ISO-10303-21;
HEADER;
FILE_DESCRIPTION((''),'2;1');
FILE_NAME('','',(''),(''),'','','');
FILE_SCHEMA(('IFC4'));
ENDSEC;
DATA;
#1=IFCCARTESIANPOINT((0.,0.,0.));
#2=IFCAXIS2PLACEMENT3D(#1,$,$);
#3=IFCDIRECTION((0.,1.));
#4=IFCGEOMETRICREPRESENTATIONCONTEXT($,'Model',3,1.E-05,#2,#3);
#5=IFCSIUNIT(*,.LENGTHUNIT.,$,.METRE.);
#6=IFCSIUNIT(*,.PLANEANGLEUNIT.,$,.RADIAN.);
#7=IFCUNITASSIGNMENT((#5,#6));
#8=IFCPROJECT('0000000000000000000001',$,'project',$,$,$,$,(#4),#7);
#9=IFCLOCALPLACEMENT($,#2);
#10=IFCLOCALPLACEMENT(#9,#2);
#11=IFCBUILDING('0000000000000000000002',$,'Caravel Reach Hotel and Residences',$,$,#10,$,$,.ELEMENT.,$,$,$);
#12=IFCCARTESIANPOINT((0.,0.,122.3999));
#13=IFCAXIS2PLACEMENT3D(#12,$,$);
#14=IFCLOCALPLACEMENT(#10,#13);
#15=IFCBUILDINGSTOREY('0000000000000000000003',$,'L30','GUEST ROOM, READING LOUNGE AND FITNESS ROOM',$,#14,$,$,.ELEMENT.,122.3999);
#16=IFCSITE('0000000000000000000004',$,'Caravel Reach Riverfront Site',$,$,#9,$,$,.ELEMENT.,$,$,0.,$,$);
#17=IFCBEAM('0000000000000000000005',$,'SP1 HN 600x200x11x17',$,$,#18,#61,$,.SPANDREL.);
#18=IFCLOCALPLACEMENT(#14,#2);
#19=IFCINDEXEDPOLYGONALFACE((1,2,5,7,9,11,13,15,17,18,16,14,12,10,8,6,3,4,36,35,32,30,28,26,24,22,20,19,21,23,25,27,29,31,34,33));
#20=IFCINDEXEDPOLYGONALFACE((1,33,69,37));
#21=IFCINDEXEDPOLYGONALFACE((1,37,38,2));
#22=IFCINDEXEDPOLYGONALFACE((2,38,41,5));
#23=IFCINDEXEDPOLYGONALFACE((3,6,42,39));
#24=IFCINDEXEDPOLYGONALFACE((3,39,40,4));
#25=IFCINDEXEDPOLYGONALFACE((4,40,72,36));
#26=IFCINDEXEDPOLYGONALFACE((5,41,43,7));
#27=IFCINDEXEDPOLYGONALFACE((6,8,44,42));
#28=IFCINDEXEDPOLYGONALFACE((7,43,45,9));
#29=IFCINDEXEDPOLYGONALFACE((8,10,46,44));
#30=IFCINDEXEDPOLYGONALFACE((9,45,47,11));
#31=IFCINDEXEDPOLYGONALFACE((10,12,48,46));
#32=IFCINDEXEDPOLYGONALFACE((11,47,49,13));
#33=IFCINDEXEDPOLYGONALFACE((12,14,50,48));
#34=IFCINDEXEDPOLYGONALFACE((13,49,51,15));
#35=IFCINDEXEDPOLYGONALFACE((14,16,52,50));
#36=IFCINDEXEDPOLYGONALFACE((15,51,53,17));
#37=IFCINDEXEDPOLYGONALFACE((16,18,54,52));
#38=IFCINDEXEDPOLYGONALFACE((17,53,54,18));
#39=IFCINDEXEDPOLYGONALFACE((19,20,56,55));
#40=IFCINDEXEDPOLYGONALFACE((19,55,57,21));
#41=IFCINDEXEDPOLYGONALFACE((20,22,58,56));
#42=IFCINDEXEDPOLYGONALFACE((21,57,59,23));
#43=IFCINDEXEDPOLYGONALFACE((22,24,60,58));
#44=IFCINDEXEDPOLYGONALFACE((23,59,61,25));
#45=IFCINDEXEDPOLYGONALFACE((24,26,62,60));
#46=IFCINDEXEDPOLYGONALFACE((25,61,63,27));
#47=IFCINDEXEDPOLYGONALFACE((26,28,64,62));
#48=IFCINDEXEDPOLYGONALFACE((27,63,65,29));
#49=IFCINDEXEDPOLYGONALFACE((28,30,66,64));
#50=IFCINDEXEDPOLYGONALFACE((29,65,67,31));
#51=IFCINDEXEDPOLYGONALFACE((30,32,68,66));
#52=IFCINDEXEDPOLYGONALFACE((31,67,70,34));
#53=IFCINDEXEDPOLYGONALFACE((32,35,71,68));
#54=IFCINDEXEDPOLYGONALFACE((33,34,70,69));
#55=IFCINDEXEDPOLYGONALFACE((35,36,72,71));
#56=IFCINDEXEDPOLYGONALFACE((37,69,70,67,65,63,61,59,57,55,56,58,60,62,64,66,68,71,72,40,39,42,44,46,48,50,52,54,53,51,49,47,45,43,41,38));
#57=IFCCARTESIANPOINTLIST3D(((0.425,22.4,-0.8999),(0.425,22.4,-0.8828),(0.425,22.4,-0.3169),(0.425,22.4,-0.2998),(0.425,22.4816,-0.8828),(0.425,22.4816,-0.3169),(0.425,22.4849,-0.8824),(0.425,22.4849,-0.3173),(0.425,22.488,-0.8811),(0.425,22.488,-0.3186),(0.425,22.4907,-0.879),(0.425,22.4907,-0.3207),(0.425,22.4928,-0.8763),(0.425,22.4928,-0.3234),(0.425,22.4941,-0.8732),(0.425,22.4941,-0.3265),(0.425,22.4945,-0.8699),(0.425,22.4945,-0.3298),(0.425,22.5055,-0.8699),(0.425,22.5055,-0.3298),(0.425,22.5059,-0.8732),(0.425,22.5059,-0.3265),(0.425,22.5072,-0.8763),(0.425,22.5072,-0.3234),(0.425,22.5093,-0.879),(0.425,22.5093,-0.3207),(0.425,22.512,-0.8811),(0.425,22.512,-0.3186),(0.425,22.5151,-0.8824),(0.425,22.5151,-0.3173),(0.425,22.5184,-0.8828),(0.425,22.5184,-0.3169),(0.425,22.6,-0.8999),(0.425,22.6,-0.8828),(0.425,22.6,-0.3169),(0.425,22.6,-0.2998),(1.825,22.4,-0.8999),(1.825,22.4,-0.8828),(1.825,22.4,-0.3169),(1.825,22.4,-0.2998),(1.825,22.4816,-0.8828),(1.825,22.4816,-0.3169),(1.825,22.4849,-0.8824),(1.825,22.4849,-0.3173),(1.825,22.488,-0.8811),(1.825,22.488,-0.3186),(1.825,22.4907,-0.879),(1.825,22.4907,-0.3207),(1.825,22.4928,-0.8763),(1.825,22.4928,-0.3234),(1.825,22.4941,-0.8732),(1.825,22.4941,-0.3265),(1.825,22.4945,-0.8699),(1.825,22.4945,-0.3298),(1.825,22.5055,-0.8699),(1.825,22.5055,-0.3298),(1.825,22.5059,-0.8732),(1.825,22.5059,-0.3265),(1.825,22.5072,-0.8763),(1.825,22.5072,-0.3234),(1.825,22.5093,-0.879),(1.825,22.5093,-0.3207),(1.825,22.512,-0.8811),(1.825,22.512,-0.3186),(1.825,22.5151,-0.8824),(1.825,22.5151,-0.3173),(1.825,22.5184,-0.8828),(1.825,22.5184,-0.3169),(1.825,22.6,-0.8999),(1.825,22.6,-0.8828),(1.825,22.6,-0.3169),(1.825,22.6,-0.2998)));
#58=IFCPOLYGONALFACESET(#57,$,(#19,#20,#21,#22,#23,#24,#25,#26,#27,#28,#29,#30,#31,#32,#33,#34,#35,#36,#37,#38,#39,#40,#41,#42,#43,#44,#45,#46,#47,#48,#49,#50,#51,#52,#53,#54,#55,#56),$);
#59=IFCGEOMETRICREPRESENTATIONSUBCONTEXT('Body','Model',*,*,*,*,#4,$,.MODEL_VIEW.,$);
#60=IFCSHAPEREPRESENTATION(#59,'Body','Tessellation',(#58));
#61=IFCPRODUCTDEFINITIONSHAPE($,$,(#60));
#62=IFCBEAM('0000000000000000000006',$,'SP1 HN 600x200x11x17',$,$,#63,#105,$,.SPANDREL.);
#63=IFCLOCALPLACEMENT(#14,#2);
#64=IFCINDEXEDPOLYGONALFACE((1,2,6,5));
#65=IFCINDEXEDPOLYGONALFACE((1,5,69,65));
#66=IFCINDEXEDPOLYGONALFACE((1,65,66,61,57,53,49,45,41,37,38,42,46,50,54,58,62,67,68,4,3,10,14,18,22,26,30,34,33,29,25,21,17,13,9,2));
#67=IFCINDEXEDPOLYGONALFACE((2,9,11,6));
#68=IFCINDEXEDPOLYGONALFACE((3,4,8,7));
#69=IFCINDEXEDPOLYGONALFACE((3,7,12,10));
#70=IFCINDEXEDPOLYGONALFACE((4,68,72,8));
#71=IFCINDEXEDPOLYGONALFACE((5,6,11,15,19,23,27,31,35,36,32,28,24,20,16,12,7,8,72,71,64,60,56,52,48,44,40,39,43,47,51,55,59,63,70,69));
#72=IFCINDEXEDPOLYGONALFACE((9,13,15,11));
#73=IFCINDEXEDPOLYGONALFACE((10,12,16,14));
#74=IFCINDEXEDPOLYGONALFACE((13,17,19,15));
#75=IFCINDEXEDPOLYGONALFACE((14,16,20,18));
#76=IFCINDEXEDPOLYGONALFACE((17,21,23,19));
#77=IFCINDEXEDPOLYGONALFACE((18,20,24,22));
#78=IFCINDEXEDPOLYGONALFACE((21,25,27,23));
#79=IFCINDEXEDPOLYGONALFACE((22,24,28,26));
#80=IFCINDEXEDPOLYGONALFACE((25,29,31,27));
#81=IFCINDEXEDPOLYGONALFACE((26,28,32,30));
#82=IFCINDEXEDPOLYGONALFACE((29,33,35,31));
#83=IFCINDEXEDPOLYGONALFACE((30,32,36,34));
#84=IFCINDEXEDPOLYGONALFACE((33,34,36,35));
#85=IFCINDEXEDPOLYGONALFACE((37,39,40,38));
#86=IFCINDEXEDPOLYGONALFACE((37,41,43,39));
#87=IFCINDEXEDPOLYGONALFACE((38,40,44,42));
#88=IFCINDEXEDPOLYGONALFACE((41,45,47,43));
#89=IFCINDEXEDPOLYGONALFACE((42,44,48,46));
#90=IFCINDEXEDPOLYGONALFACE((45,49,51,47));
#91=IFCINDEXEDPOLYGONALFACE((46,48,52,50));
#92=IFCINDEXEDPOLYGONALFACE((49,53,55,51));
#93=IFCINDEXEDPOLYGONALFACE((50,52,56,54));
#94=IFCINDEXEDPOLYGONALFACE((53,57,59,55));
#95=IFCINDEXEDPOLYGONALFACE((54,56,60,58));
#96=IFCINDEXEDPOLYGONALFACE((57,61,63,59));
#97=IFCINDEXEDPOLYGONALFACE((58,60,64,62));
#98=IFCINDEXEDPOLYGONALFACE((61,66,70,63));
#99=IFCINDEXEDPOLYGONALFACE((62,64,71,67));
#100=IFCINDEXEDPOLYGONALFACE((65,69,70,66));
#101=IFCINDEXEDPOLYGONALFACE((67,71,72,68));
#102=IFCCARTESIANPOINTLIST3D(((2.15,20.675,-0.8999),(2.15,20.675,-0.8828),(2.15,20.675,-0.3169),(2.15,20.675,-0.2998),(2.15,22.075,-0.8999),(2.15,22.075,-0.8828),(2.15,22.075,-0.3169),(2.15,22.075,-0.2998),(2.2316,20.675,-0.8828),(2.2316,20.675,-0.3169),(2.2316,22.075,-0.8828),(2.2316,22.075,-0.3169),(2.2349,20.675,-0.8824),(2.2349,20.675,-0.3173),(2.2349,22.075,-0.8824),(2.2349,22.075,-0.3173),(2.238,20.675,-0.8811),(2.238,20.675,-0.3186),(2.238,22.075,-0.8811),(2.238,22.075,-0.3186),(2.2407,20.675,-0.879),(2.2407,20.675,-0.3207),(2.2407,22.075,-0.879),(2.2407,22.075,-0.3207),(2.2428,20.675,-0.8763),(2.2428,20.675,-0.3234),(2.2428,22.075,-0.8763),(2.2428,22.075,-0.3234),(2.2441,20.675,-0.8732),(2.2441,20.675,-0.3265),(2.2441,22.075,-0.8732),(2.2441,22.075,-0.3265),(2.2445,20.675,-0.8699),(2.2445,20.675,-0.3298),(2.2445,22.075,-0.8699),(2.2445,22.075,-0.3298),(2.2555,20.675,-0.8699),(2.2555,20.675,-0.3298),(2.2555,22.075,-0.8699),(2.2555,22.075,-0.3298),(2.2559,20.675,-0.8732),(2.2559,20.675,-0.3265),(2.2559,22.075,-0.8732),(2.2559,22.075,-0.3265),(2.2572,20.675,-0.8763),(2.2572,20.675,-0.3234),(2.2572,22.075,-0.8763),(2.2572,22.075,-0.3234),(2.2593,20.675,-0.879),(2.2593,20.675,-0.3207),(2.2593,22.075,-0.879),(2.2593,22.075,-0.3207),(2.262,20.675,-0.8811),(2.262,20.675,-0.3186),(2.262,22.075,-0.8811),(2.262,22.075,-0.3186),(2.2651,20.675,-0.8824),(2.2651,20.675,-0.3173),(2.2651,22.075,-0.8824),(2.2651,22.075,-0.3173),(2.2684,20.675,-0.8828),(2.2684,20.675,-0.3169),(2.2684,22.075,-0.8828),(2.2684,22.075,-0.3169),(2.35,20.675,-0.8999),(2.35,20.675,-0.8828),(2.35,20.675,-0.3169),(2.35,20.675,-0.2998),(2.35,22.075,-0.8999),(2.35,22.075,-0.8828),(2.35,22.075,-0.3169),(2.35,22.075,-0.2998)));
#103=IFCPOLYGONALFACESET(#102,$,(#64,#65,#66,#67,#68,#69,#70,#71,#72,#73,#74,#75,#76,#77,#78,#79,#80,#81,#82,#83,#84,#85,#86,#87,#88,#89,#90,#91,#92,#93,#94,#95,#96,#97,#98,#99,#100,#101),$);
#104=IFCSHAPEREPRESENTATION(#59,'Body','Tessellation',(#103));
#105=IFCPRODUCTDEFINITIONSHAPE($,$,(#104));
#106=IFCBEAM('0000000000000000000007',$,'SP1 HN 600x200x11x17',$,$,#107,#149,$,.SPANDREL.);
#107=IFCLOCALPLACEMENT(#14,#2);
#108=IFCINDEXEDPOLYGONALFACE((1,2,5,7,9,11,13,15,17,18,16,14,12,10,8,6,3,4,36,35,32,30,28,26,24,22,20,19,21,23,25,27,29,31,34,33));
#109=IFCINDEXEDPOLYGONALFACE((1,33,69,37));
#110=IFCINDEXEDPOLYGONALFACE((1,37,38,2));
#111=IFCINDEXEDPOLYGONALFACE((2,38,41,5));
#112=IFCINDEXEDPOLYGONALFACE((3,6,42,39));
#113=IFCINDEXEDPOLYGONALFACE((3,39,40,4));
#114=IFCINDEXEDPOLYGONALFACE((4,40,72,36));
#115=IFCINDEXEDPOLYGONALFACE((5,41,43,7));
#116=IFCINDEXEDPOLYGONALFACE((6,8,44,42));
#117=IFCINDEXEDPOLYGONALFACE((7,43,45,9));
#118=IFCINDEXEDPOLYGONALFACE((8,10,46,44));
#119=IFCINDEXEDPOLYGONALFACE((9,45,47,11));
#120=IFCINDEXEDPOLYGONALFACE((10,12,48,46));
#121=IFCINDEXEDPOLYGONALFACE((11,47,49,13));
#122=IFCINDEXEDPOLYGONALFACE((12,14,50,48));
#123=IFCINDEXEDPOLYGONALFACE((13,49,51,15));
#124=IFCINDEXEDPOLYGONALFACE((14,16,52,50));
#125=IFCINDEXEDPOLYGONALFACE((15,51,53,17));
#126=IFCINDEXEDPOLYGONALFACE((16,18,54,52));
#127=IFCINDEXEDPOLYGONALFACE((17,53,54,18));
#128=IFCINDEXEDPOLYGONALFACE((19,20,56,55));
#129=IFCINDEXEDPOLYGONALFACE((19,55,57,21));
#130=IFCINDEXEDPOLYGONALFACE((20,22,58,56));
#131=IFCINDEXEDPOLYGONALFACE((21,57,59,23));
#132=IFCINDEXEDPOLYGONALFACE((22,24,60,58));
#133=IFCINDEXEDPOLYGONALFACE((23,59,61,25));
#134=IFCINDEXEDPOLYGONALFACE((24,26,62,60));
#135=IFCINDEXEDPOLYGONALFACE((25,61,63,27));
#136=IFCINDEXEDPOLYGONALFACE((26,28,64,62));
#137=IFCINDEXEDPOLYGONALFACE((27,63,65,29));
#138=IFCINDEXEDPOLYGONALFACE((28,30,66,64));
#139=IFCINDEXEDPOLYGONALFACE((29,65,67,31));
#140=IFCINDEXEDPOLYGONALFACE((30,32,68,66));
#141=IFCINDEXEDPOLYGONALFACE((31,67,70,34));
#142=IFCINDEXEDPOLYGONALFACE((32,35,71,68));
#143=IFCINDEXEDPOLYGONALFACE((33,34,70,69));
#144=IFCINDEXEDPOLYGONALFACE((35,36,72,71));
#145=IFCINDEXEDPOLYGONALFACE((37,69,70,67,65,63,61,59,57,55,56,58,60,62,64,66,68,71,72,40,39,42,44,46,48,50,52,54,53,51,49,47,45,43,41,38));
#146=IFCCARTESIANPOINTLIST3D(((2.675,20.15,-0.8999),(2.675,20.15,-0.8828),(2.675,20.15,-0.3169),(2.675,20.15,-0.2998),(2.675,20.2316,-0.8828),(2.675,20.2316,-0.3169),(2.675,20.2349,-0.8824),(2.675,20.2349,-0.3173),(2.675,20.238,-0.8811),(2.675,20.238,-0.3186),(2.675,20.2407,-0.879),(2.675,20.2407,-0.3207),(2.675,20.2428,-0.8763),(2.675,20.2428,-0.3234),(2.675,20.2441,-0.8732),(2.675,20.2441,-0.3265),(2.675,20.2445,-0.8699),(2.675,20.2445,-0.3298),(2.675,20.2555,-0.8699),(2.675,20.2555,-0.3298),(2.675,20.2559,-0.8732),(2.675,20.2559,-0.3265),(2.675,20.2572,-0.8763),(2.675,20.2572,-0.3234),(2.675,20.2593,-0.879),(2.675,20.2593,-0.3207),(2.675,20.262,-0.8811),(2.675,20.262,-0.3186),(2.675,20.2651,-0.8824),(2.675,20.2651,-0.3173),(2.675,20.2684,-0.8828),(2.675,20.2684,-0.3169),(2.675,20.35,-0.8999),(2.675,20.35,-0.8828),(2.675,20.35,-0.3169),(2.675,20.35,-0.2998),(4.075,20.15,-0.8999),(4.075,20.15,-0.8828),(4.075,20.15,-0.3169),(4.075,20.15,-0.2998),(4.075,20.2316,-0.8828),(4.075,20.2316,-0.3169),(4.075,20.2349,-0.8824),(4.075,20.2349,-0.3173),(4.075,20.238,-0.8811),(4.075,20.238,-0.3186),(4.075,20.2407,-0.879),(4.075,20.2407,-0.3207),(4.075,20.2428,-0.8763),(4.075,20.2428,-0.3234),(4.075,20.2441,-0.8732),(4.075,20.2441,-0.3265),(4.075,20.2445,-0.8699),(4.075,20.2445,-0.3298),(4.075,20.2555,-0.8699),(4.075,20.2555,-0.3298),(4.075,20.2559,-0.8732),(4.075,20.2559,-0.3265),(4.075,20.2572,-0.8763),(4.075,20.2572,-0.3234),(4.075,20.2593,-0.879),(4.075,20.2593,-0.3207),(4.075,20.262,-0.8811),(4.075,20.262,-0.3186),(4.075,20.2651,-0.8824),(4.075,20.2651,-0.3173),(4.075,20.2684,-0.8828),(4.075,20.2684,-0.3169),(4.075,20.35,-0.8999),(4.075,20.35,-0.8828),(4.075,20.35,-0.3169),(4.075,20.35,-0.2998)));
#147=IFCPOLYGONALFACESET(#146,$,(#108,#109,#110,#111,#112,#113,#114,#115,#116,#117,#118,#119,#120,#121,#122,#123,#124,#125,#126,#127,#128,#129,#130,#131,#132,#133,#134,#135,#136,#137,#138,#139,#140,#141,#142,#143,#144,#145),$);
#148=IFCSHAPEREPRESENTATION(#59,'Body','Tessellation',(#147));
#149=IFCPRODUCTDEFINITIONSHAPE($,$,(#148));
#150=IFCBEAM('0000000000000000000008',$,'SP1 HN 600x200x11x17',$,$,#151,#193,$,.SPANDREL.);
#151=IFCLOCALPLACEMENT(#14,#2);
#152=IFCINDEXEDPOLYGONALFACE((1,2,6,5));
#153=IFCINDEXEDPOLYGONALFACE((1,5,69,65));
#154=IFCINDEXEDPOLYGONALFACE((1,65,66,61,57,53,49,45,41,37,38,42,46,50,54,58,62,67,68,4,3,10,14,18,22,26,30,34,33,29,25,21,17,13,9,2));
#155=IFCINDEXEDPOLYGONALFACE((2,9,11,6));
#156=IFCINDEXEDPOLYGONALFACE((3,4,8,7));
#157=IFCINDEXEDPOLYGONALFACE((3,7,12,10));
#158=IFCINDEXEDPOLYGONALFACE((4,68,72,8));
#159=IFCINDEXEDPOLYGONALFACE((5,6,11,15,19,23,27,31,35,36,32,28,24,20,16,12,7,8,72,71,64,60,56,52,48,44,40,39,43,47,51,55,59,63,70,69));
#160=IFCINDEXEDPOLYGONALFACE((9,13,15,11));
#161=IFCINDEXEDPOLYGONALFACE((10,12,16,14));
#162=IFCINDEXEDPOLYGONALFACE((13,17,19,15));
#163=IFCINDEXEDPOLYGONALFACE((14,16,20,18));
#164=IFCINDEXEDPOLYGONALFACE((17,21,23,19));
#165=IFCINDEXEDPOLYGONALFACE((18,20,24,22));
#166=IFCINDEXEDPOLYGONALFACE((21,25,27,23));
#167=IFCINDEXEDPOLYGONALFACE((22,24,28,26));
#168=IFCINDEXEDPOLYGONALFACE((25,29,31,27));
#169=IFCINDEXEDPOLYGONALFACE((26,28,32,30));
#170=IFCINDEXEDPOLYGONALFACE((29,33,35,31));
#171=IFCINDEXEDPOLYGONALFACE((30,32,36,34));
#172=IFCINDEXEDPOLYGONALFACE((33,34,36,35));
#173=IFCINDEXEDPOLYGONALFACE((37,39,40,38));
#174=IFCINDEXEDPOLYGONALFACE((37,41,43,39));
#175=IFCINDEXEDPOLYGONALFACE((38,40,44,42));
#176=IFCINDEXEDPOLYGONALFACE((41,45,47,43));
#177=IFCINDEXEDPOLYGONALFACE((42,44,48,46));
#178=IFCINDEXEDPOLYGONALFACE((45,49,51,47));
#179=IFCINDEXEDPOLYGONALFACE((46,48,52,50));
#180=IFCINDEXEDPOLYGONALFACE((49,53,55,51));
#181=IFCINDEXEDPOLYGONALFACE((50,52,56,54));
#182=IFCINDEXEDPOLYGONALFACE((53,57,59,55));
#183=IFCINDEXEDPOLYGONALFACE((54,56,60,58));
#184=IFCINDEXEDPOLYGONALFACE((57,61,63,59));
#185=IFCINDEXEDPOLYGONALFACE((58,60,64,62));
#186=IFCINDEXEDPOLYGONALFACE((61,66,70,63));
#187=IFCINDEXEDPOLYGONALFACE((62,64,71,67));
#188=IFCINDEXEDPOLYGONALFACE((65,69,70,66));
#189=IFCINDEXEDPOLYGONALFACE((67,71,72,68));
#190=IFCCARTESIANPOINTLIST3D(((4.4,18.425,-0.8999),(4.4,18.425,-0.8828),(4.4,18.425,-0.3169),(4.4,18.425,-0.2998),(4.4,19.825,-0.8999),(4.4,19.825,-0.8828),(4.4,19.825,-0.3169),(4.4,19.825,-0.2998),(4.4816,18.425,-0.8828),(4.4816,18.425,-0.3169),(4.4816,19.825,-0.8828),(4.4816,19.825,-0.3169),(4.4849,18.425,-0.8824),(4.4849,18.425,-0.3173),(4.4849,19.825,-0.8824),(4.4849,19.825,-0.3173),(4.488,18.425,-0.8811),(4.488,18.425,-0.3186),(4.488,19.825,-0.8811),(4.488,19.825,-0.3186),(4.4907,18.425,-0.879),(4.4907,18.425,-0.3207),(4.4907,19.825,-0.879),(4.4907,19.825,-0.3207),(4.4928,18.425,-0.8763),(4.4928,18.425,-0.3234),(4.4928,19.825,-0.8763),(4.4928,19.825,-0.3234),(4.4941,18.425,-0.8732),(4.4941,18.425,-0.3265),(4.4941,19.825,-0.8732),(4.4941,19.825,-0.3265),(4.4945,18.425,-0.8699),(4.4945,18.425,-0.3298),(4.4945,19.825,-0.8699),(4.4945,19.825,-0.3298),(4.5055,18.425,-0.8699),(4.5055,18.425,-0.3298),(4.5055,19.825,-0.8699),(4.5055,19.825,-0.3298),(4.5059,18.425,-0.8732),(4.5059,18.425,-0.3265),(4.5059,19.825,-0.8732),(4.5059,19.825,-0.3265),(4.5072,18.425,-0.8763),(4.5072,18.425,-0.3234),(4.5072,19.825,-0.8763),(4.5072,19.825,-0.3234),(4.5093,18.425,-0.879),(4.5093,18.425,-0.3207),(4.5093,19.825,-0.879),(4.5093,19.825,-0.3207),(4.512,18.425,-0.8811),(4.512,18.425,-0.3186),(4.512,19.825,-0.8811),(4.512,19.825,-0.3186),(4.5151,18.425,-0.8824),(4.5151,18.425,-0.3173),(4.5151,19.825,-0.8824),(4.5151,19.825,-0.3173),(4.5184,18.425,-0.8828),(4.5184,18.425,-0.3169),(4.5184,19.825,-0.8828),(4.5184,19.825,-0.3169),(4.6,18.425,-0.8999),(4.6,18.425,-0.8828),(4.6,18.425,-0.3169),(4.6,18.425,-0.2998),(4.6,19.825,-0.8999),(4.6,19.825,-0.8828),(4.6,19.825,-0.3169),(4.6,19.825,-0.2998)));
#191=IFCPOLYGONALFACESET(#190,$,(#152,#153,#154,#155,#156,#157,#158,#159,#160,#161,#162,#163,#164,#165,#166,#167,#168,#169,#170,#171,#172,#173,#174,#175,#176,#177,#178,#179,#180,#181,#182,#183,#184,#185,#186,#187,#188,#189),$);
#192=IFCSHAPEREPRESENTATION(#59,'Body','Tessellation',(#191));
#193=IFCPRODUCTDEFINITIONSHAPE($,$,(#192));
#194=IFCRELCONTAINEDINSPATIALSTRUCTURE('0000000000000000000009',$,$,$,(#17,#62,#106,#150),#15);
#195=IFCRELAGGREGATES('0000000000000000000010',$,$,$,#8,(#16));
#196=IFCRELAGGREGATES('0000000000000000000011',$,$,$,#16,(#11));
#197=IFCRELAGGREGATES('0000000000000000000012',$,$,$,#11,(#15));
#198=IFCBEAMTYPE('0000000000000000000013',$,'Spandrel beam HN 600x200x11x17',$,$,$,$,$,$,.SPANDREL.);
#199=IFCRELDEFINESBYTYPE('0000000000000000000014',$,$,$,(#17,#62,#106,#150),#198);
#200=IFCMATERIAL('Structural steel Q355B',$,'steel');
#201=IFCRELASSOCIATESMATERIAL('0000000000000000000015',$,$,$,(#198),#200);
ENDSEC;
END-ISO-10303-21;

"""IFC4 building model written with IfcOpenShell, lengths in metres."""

from ifc_helpers import new_model, si_unit, direction, frame, origin, origin_2d, place, context, subcontext, project, spatial, i_section, extrude, material, material_profile, profile_set, type_object, element, save


model = new_model("IFC4")

# Units and contexts
model_context = context("Model", 3, precision=1e-05, world=origin(), true_north=direction((0.0, 1.0)))
body_context = subcontext(model_context, "Body", "Model", "MODEL_VIEW")
ifc_project = project(units=[si_unit("LENGTHUNIT", "METRE"), si_unit("PLANEANGLEUNIT", "RADIAN")], contexts=[model_context])

# Site, building, storey
site_placement = place(None, origin())
site = spatial("IfcSite", under=ifc_project, at=site_placement, Name="Caravel Reach Riverfront Site", CompositionType="ELEMENT", RefElevation=0.0)
building_placement = place(site_placement, origin())
building = spatial("IfcBuilding", under=site, at=building_placement, Name="Caravel Reach Hotel and Residences", CompositionType="ELEMENT")
storey_placement = place(building_placement, frame((0.0, 0.0, 122.3999)))
storey = spatial("IfcBuildingStorey", under=building, at=storey_placement, Name="L30", Description="GUEST ROOM, READING LOUNGE AND FITNESS ROOM", CompositionType="ELEMENT", Elevation=122.3999)

# Beams
ifc_material_1 = material(Name="Structural steel Q355B", Category="steel")
ifc_material_profile_1 = material_profile(ifc_material_1, i_section(OverallWidth=0.2, OverallDepth=0.6001, WebThickness=0.011, FlangeThickness=0.0171, FilletRadius=0.0129, at=origin_2d()), Name="HN 600x200x11x17")
ifc_profile_set_1 = profile_set([ifc_material_profile_1], Name="Structural steel Q355B")
beam_type_1 = type_object("IfcBeamType", Name="Spandrel beam HN 600x200x11x17", PredefinedType="SPANDREL", material=ifc_profile_set_1)
for number, where, z_axis, x_axis, name in (
    (1, (0.425, 22.5, -0.5999), (1.0, 0.0, 0.0), (0.0, 1.0, 0.0), "SP1 HN 600x200x11x17"),
    (2, (2.25, 22.075, -0.5999), (0.0, -1.0, 0.0), (1.0, 0.0, 0.0), "SP1 HN 600x200x11x17"),
    (3, (2.675, 20.25, -0.5999), (1.0, 0.0, 0.0), (0.0, 1.0, 0.0), "SP1 HN 600x200x11x17"),
    (4, (4.5, 19.825, -0.5999), (0.0, -1.0, 0.0), (1.0, 0.0, 0.0), "SP1 HN 600x200x11x17"),
):
    element("IfcBeam", number, at=place(storey_placement, frame(where, z_axis=z_axis, x_axis=x_axis)), inside=storey, type_object=beam_type_1, Name=name, PredefinedType="SPANDREL", context=body_context, shape_type="SweptSolid", body=[
        extrude(i_section(OverallWidth=0.2, OverallDepth=0.6001, WebThickness=0.011, FlangeThickness=0.0171, FilletRadius=0.0129, at=origin_2d()), origin(), (0.0, 0.0, 1.0), 1.3999),
    ])

save(model, "model.ifc")
